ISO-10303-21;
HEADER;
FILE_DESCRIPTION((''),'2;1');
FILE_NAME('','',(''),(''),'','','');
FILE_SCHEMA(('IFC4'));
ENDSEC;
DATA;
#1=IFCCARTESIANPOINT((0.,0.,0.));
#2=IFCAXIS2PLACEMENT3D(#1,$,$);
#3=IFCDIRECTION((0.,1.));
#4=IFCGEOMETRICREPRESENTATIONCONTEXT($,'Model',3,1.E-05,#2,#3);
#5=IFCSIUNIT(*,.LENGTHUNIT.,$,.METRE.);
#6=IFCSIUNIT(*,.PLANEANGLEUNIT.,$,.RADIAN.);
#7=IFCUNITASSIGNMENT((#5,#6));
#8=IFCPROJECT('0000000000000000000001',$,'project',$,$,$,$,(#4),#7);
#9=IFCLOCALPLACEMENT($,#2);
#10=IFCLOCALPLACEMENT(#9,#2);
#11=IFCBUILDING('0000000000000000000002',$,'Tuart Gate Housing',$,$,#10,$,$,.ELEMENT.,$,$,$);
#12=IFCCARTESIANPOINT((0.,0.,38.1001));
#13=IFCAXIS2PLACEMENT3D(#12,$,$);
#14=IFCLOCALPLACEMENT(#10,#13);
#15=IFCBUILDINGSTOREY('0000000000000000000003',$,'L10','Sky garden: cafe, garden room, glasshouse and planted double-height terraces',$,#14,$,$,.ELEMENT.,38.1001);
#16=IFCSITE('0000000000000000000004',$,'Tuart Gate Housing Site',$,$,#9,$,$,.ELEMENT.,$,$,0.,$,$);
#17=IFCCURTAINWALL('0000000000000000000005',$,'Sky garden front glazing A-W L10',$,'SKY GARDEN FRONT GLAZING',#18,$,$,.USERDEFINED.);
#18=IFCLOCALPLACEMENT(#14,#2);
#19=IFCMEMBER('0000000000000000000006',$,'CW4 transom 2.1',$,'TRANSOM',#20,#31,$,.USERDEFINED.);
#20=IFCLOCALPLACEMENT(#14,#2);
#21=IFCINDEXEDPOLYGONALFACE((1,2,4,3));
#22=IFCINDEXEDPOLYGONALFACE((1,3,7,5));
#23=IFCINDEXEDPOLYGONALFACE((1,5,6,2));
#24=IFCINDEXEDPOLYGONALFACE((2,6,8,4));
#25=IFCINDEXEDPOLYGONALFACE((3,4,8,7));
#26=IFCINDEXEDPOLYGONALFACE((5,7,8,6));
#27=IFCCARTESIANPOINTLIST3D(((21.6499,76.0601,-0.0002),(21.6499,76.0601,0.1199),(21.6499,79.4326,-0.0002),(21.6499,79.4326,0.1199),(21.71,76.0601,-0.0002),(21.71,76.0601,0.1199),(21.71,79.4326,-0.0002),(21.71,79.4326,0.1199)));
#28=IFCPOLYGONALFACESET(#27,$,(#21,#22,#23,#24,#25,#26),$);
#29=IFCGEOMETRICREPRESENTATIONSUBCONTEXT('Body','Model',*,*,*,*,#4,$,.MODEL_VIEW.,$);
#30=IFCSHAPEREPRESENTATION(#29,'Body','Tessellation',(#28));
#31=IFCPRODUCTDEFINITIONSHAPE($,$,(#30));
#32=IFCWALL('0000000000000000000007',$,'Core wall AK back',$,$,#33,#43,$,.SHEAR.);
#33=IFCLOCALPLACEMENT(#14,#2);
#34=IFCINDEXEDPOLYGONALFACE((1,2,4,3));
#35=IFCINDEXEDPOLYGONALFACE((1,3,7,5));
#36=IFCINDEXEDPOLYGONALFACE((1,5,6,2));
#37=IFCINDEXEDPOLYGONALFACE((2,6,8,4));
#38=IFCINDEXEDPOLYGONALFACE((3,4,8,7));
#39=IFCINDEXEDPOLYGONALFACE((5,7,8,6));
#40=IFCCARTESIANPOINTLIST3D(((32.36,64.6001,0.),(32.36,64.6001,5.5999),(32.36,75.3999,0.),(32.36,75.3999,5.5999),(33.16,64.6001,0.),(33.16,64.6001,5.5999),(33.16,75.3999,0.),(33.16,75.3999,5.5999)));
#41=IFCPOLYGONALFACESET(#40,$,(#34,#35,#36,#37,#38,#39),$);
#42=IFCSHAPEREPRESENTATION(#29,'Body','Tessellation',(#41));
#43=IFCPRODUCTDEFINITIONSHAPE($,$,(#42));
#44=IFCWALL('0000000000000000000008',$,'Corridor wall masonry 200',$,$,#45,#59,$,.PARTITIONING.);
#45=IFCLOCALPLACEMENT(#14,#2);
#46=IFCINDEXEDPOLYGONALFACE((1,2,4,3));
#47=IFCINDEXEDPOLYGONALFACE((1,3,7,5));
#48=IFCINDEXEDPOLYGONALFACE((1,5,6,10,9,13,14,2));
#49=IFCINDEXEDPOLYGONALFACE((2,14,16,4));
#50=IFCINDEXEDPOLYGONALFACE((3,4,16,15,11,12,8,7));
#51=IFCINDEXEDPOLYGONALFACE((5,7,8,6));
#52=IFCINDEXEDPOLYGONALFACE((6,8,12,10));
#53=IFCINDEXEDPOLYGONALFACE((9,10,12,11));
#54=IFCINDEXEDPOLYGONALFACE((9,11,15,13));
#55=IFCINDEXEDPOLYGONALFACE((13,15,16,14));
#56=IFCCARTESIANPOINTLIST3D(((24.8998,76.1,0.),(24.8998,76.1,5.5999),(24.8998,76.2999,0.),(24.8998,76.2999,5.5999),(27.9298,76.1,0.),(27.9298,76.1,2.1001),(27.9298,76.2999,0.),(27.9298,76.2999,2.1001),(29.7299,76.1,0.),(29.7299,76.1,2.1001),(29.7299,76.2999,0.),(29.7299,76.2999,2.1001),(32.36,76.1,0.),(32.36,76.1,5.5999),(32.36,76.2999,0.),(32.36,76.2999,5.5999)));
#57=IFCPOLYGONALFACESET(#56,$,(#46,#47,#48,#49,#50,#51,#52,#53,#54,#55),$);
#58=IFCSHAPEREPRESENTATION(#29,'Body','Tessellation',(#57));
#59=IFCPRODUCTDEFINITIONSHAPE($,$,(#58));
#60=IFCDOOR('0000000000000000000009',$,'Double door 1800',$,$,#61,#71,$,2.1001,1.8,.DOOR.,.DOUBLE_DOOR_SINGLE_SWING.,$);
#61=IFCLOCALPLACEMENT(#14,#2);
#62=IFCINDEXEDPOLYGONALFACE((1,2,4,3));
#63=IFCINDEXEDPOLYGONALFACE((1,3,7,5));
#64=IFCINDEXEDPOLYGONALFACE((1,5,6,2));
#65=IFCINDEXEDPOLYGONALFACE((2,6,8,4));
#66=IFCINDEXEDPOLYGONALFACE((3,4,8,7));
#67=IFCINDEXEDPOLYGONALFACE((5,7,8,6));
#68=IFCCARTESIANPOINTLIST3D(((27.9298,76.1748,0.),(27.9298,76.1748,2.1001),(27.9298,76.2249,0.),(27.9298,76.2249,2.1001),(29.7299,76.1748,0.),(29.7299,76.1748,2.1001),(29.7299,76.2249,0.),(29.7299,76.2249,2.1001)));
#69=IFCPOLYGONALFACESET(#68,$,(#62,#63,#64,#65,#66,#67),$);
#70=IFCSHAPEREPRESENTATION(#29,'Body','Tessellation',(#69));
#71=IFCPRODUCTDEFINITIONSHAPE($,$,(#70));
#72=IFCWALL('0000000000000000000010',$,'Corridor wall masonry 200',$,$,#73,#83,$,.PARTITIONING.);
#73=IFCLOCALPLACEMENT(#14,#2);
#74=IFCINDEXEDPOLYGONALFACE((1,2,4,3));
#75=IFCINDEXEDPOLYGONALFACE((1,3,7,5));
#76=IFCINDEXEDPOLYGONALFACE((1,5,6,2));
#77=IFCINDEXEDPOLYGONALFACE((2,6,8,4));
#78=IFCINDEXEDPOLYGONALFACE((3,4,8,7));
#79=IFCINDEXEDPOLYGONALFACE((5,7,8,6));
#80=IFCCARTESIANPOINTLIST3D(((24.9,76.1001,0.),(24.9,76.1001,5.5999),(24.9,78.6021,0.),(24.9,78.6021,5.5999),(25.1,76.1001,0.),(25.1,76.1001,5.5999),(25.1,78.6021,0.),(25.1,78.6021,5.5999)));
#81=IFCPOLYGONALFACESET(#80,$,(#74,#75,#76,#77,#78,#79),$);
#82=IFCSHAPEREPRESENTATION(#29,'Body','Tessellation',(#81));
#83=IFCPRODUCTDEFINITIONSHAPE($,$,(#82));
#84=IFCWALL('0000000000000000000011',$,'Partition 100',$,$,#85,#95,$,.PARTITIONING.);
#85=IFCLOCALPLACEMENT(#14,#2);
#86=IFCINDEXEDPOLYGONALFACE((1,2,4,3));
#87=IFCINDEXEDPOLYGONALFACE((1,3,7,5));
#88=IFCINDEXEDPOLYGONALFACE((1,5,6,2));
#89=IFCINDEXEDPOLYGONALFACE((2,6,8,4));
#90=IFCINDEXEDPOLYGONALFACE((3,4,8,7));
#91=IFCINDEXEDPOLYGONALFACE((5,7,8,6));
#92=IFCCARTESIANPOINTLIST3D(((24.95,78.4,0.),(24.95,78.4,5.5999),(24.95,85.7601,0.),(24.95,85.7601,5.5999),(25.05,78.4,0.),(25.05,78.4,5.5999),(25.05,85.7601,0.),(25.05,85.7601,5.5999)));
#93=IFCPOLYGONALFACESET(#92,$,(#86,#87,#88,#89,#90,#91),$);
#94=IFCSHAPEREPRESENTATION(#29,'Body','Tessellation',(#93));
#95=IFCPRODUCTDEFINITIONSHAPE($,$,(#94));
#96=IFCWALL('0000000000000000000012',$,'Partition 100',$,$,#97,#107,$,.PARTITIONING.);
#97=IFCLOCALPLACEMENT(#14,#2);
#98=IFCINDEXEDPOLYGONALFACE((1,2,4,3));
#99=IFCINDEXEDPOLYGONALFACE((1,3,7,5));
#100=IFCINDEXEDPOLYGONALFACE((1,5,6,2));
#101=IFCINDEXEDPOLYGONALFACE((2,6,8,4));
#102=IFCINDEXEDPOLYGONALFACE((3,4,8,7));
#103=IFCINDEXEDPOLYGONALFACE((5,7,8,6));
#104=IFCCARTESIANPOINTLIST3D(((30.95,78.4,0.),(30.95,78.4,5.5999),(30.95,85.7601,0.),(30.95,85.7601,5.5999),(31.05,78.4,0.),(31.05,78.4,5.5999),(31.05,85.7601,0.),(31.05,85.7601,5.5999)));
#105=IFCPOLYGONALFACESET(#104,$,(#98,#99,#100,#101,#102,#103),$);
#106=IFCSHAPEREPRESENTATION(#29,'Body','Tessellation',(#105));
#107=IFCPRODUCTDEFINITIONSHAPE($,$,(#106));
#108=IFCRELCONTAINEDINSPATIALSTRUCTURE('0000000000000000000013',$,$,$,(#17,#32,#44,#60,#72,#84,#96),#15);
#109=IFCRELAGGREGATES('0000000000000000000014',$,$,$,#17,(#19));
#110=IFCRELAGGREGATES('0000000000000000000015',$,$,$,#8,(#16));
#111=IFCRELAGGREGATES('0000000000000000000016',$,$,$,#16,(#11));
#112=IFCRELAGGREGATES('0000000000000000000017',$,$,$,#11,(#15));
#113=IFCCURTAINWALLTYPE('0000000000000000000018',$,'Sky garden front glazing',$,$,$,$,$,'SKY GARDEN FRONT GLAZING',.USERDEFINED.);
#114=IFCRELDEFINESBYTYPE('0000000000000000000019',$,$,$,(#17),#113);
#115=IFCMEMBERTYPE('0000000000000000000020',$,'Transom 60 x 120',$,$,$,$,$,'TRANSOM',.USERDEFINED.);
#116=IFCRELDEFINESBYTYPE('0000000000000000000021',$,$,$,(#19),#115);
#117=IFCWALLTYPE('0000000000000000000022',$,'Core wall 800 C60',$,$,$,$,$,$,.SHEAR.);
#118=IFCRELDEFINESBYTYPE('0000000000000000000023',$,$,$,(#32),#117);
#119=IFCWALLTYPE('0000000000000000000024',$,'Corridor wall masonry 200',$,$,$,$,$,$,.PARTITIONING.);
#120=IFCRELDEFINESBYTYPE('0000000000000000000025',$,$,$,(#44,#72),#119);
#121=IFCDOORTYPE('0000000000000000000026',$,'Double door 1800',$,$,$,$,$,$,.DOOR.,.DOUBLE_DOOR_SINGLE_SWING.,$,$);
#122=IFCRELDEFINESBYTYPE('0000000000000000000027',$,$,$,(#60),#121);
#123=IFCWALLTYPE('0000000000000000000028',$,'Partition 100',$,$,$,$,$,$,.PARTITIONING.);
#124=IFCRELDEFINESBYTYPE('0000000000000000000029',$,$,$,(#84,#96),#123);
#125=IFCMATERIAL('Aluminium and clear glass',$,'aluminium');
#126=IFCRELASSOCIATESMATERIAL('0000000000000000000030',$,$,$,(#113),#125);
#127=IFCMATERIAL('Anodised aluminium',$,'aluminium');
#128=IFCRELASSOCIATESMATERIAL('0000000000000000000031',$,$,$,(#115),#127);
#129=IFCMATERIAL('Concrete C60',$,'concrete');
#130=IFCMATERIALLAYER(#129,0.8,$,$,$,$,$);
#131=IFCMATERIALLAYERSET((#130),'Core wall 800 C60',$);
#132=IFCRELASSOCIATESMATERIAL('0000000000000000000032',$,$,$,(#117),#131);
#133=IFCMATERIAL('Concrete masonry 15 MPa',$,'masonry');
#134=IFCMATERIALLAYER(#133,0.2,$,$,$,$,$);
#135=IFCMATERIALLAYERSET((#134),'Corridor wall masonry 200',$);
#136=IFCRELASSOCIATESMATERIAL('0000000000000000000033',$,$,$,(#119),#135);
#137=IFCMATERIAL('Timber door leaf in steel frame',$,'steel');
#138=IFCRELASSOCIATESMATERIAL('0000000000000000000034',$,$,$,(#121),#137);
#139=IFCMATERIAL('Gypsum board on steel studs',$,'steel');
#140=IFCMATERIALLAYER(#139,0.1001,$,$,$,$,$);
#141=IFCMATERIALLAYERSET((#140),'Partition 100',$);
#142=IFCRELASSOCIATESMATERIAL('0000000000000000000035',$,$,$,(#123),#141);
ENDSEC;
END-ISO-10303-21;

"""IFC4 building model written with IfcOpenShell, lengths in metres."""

from ifc_helpers import new_model, si_unit, direction, frame, frame_2d, origin, origin_2d, place, context, subcontext, project, spatial, rectangle, extrude, material, layer, layer_set, material_profile, profile_set, type_object, element, fill, aggregate, save


model = new_model("IFC4")

# Units and contexts
model_context = context("Model", 3, precision=1e-05, world=origin(), true_north=direction((0.0, 1.0)))
body_context = subcontext(model_context, "Body", "Model", "MODEL_VIEW")
ifc_project = project(units=[si_unit("LENGTHUNIT", "METRE"), si_unit("PLANEANGLEUNIT", "RADIAN")], contexts=[model_context])

# Site, building, storey
site_placement = place(None, origin())
site = spatial("IfcSite", under=ifc_project, at=site_placement, Name="Tuart Gate Housing Site", CompositionType="ELEMENT", RefElevation=0.0)
building_placement = place(site_placement, origin())
building = spatial("IfcBuilding", under=site, at=building_placement, Name="Tuart Gate Housing", CompositionType="ELEMENT")
storey_placement = place(building_placement, frame((0.0, 0.0, 38.1001)))
storey = spatial("IfcBuildingStorey", under=building, at=storey_placement, Name="L10", Description="Sky garden: cafe, garden room, glasshouse and planted double-height terraces", CompositionType="ELEMENT", Elevation=38.1001)

# Curtain wall, member
ifc_material_1 = material(Name="Aluminium and clear glass", Category="aluminium")
curtain_wall_type = type_object("IfcCurtainWallType", Name="Sky garden front glazing", ElementType="SKY GARDEN FRONT GLAZING", PredefinedType="USERDEFINED", material=ifc_material_1)
curtain_wall_placement = place(storey_placement, origin())
curtain_wall = element("IfcCurtainWall", 1, at=curtain_wall_placement, inside=storey, type_object=curtain_wall_type, Name="Sky garden front glazing A-W L10", ObjectType="SKY GARDEN FRONT GLAZING", PredefinedType="USERDEFINED")
ifc_material_2 = material(Name="Anodised aluminium", Category="aluminium")
ifc_material_profile = material_profile(ifc_material_2, rectangle(XDim=0.0601, YDim=0.1201, at=origin_2d()), Name="60x120")
ifc_profile_set = profile_set([ifc_material_profile], Name="Anodised aluminium")
member_type = type_object("IfcMemberType", Name="Transom 60 x 120", ElementType="TRANSOM", PredefinedType="USERDEFINED", material=ifc_profile_set)
member_placement = place(storey_placement, frame((21.6799, 79.4326, 0.0598), z_axis=(0.0, -1.0, 0.0), x_axis=(1.0, 0.0, 0.0)))
member = element("IfcMember", 2, at=member_placement, type_object=member_type, Name="CW4 transom 2.1", ObjectType="TRANSOM", PredefinedType="USERDEFINED", context=body_context, shape_type="SweptSolid", body=[
    extrude(rectangle(XDim=0.0601, YDim=0.1201, at=origin_2d()), origin(), (0.0, 0.0, 1.0), 3.3726),
])
aggregate(curtain_wall, [member])

# Wall
ifc_material_3 = material(Name="Concrete C60", Category="concrete")
ifc_layer_1 = layer(ifc_material_3, 0.8)
ifc_layer_set_1 = layer_set([ifc_layer_1], Name="Core wall 800 C60")
wall_type_1 = type_object("IfcWallType", Name="Core wall 800 C60", PredefinedType="SHEAR", material=ifc_layer_set_1)
wall_1_placement = place(storey_placement, frame((32.76, 75.3999, 0.0), z_axis=(0.0, 0.0, 1.0), x_axis=(0.0, -1.0, 0.0)))
element("IfcWall", 3, at=wall_1_placement, inside=storey, type_object=wall_type_1, Name="Core wall AK back", PredefinedType="SHEAR", context=body_context, shape_type="SweptSolid", body=[
    extrude(rectangle(XDim=10.7998, YDim=0.8, at=frame_2d((5.3999, 0.0))), origin(), (0.0, 0.0, 1.0), 5.5999),
])

# Wall, opening, door
ifc_material_4 = material(Name="Concrete masonry 15 MPa", Category="masonry")
ifc_layer_2 = layer(ifc_material_4, 0.2)
ifc_layer_set_2 = layer_set([ifc_layer_2], Name="Corridor wall masonry 200")
wall_type_2 = type_object("IfcWallType", Name="Corridor wall masonry 200", PredefinedType="PARTITIONING", material=ifc_layer_set_2)
wall_2_placement = place(storey_placement, frame((24.8999, 76.2, 0.0), z_axis=(0.0, 0.0, 1.0), x_axis=(1.0, 0.0, 0.0)))
wall_2 = element("IfcWall", 4, at=wall_2_placement, inside=storey, type_object=wall_type_2, Name="Corridor wall masonry 200", PredefinedType="PARTITIONING", context=body_context, shape_type="SweptSolid", body=[
    extrude(rectangle(XDim=7.4602, YDim=0.2, at=frame_2d((3.73, 0.0))), origin(), (0.0, 0.0, 1.0), 5.5999),
])
opening_1_placement = place(wall_2_placement, frame((3.03, 0.0, 0.0)))
opening_1 = element("IfcOpeningElement", 5, at=opening_1_placement, cuts=wall_2, PredefinedType="OPENING", context=body_context, shape_type="SweptSolid", body=[
    extrude(rectangle(XDim=1.8, YDim=2.1001, at=frame_2d((0.8999, 1.05))), frame((0.0, 0.1099, 0.0), z_axis=(0.0, -1.0, 0.0), x_axis=(1.0, 0.0, 0.0)), (0.0, 0.0, 1.0), 0.22),
])
ifc_material_5 = material(Name="Timber door leaf in steel frame", Category="steel")
door_type_1 = type_object("IfcDoorType", Name="Double door 1800", OperationType="DOUBLE_DOOR_SINGLE_SWING", PredefinedType="DOOR", material=ifc_material_5)
door_1_placement = place(opening_1_placement, frame((1.8, 0.0, 0.0), z_axis=(0.0, 0.0, 1.0), x_axis=(-1.0, 0.0, 0.0)))
door_1 = element("IfcDoor", 6, at=door_1_placement, inside=storey, type_object=door_type_1, Name="Double door 1800", OperationType="DOUBLE_DOOR_SINGLE_SWING", OverallHeight=2.1001, OverallWidth=1.8, PredefinedType="DOOR", context=body_context, shape_type="SweptSolid", body=[
    extrude(rectangle(XDim=1.8, YDim=2.1001, at=frame_2d((0.9001, 1.05))), frame((0.0, 0.0251, 0.0), z_axis=(0.0, -1.0, 0.0), x_axis=(1.0, 0.0, 0.0)), (0.0, 0.0, 1.0), 0.05),
])
fill(opening_1, door_1)

# Walls
wall_3_placement = place(storey_placement, frame((25.0, 76.1001, 0.0), z_axis=(0.0, 0.0, 1.0), x_axis=(0.0, 1.0, 0.0)))
element("IfcWall", 7, at=wall_3_placement, inside=storey, type_object=wall_type_2, Name="Corridor wall masonry 200", PredefinedType="PARTITIONING", context=body_context, shape_type="SweptSolid", body=[
    extrude(rectangle(XDim=2.502, YDim=0.2, at=frame_2d((1.251, 0.0))), origin(), (0.0, 0.0, 1.0), 5.5999),
])
ifc_material_6 = material(Name="Gypsum board on steel studs", Category="steel")
ifc_layer_3 = layer(ifc_material_6, 0.1001)
ifc_layer_set_3 = layer_set([ifc_layer_3], Name="Partition 100")
wall_type_3 = type_object("IfcWallType", Name="Partition 100", PredefinedType="PARTITIONING", material=ifc_layer_set_3)
for number, where, z_axis, x_axis, name in (
    (8, (25.0, 78.3999, 0.0), (0.0, 0.0, 1.0), (0.0, 1.0, 0.0), "Partition 100"),
    (9, (31.0, 78.3999, 0.0), (0.0, 0.0, 1.0), (0.0, 1.0, 0.0), "Partition 100"),
):
    element("IfcWall", number, at=place(storey_placement, frame(where, z_axis=z_axis, x_axis=x_axis)), inside=storey, type_object=wall_type_3, Name=name, PredefinedType="PARTITIONING", context=body_context, shape_type="SweptSolid", body=[
        extrude(rectangle(XDim=7.3601, YDim=0.1001, at=frame_2d((3.6802, 0.0))), origin(), (0.0, 0.0, 1.0), 5.5999),
    ])

save(model, "model.ifc")
